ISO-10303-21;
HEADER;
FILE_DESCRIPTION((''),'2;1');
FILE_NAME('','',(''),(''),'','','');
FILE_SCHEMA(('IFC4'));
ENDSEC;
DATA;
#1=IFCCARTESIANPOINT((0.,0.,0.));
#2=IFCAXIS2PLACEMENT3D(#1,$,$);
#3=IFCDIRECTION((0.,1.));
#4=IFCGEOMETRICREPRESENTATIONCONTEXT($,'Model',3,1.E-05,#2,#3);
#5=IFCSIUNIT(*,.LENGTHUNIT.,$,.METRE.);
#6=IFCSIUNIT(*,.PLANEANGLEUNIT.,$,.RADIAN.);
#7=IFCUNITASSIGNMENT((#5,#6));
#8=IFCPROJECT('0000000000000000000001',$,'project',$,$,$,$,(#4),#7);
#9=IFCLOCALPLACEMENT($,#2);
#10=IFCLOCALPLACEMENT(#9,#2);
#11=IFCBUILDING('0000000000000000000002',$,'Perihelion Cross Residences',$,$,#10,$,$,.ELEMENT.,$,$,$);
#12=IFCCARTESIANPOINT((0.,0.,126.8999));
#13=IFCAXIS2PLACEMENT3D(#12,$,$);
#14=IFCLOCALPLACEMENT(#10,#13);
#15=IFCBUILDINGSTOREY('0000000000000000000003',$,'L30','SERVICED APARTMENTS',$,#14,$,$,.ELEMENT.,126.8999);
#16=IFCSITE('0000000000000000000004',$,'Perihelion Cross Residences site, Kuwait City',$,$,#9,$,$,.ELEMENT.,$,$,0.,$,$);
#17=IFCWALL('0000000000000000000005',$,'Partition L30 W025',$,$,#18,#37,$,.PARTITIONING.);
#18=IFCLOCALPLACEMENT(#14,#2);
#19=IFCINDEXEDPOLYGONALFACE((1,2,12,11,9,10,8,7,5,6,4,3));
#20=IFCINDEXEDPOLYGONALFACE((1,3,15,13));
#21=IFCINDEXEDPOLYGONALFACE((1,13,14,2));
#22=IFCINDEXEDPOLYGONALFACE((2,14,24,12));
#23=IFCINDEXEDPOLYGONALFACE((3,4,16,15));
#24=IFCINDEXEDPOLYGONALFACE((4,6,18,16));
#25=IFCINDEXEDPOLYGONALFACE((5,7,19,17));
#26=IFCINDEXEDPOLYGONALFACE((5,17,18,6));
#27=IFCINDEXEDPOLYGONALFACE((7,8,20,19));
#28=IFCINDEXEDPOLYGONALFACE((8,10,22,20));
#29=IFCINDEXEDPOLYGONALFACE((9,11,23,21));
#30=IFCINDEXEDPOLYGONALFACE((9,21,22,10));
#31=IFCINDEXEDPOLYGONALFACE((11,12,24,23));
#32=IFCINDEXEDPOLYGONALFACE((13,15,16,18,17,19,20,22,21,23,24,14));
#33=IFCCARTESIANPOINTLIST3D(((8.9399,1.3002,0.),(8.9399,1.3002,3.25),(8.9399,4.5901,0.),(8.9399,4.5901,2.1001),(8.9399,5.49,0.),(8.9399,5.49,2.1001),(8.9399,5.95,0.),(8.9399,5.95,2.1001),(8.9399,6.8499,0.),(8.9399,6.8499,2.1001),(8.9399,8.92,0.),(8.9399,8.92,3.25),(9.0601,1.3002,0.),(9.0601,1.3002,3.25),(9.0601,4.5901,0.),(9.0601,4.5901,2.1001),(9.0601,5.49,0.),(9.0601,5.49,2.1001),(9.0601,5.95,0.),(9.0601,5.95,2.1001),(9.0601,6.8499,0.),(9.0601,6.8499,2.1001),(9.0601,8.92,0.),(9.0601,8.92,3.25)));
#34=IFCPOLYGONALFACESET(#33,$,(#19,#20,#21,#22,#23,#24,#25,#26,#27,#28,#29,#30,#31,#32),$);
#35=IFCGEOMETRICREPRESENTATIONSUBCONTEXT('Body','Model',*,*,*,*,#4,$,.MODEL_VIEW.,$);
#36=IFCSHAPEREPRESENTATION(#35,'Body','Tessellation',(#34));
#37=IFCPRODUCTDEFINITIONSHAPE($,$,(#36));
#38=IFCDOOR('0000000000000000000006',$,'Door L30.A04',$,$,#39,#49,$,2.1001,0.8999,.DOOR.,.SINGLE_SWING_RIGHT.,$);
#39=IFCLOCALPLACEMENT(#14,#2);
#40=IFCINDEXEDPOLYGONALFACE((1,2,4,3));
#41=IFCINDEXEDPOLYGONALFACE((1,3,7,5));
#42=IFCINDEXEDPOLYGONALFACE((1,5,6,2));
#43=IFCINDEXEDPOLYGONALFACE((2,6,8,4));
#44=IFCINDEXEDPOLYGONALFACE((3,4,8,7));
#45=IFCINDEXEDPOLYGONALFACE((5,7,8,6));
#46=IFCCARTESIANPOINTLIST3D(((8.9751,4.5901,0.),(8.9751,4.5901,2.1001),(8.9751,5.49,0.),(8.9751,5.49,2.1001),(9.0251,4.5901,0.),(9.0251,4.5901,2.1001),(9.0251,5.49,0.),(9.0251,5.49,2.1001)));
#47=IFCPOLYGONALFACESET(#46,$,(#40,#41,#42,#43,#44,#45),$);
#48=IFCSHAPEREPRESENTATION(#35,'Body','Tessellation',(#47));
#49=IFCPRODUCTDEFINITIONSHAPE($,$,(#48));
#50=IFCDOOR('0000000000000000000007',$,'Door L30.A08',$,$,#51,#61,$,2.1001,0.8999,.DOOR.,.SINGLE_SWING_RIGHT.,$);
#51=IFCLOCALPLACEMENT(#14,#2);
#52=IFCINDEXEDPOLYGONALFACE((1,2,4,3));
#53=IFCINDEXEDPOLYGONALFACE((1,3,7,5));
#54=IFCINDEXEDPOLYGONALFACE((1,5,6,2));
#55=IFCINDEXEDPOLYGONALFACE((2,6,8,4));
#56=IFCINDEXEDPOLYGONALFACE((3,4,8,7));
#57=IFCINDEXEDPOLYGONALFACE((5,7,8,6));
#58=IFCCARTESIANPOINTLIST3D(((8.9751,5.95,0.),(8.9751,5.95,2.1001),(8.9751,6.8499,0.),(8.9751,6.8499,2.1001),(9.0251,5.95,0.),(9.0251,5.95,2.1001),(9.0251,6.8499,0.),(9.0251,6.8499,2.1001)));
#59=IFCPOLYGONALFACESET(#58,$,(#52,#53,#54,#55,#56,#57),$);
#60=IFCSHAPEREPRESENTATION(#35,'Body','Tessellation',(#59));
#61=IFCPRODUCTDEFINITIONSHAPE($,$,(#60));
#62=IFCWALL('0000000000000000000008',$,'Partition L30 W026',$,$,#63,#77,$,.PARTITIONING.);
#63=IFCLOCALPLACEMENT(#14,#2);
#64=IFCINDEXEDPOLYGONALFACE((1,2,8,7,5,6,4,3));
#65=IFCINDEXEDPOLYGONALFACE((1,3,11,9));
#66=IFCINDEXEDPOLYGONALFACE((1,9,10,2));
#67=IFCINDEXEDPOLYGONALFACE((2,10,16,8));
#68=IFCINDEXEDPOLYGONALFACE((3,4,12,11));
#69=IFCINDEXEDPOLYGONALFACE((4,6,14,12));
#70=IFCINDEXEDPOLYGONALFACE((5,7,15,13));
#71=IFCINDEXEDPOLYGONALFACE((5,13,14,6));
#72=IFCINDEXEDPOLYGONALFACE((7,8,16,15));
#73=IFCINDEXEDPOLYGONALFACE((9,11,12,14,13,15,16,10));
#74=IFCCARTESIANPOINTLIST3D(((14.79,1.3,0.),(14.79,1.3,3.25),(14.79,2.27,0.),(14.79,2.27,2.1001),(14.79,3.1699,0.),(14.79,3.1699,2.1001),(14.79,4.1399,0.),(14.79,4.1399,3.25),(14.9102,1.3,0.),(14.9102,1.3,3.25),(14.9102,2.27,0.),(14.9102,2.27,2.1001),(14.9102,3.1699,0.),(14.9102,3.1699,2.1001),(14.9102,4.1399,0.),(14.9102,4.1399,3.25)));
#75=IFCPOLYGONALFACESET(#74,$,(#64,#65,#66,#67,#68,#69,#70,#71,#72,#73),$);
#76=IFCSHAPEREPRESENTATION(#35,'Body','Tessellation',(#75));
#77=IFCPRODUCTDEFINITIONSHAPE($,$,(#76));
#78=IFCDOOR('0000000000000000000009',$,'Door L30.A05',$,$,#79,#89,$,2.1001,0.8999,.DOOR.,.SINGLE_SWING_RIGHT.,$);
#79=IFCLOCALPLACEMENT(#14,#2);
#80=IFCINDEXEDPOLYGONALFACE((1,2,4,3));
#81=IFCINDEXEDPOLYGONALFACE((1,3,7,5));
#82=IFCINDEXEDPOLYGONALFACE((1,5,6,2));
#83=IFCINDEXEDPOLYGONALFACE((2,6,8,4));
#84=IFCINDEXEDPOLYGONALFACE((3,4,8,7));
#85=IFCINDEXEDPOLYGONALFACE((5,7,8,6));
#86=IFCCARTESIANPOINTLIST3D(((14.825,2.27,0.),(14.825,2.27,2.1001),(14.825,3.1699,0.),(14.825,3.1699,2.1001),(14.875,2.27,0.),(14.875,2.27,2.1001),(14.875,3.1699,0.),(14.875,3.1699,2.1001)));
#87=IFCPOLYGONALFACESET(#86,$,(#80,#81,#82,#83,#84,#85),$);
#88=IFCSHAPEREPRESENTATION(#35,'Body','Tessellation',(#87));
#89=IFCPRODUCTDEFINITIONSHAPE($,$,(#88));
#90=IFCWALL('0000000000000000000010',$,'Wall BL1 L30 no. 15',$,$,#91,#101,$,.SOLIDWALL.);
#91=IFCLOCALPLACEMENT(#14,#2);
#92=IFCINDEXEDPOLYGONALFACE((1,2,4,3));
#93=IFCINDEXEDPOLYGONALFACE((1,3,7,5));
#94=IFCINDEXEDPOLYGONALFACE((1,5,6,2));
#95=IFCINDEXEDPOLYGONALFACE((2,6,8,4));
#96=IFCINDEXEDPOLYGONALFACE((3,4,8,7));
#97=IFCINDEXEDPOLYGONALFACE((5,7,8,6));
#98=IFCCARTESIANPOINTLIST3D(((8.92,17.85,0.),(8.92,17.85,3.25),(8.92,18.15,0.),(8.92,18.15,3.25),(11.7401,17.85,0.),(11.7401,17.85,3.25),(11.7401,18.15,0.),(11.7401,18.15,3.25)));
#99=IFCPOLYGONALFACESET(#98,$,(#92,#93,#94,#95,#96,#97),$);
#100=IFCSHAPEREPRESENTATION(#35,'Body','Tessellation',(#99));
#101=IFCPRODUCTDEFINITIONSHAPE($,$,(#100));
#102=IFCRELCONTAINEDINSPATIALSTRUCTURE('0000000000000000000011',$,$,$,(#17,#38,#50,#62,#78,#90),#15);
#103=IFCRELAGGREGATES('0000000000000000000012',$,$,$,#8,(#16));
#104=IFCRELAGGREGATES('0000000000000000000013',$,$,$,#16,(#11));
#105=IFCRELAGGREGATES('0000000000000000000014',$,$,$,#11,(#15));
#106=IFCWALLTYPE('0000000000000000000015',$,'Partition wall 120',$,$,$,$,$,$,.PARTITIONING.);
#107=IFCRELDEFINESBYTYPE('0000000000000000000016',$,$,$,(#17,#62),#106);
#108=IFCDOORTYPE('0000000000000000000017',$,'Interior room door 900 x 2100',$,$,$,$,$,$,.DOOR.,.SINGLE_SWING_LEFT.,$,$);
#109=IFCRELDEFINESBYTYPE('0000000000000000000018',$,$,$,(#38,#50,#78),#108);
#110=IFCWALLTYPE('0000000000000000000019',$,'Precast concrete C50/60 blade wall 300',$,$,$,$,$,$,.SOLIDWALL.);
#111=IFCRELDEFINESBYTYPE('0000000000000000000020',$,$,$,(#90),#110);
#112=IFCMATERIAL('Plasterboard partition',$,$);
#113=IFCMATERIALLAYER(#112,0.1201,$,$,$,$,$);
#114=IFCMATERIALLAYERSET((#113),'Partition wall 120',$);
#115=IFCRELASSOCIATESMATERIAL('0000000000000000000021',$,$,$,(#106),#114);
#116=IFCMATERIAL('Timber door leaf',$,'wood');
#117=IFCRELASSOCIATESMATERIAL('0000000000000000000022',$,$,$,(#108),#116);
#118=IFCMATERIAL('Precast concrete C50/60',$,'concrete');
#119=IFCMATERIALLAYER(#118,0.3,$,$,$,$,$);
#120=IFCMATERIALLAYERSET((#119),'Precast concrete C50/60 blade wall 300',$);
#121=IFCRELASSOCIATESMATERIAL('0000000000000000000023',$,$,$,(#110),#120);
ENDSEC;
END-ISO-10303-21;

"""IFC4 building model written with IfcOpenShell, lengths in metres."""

from ifc_helpers import new_model, si_unit, direction, frame, frame_2d, origin, place, context, subcontext, project, spatial, rectangle, extrude, material, layer, layer_set, type_object, element, fill, save


model = new_model("IFC4")

# Units and contexts
model_context = context("Model", 3, precision=1e-05, world=origin(), true_north=direction((0.0, 1.0)))
body_context = subcontext(model_context, "Body", "Model", "MODEL_VIEW")
ifc_project = project(units=[si_unit("LENGTHUNIT", "METRE"), si_unit("PLANEANGLEUNIT", "RADIAN")], contexts=[model_context])

# Site, building, storey
site_placement = place(None, origin())
site = spatial("IfcSite", under=ifc_project, at=site_placement, Name="Perihelion Cross Residences site, Kuwait City", CompositionType="ELEMENT", RefElevation=0.0)
building_placement = place(site_placement, origin())
building = spatial("IfcBuilding", under=site, at=building_placement, Name="Perihelion Cross Residences", CompositionType="ELEMENT")
storey_placement = place(building_placement, frame((0.0, 0.0, 126.8999)))
storey = spatial("IfcBuildingStorey", under=building, at=storey_placement, Name="L30", Description="SERVICED APARTMENTS", CompositionType="ELEMENT", Elevation=126.8999)

# Shared definitions
ifc_material_1 = material(Name="Plasterboard partition")
ifc_layer_1 = layer(ifc_material_1, 0.1201)
ifc_layer_set_1 = layer_set([ifc_layer_1], Name="Partition wall 120")
wall_type_1 = type_object("IfcWallType", Name="Partition wall 120", PredefinedType="PARTITIONING", material=ifc_layer_set_1)
ifc_material_2 = material(Name="Timber door leaf", Category="wood")
door_type_1 = type_object("IfcDoorType", Name="Interior room door 900 x 2100", OperationType="SINGLE_SWING_LEFT", PredefinedType="DOOR", material=ifc_material_2)

# Wall, openings, doors
wall_1_placement = place(storey_placement, frame((9.0, 1.3, 0.0), z_axis=(0.0, 0.0, 1.0), x_axis=(0.0, 1.0, 0.0)))
wall_1 = element("IfcWall", 1, at=wall_1_placement, inside=storey, type_object=wall_type_1, Name="Partition L30 W025", PredefinedType="PARTITIONING", context=body_context, shape_type="SweptSolid", body=[
    extrude(rectangle(XDim=7.6199, YDim=0.1201, at=frame_2d((3.8101, 0.0))), origin(), (0.0, 0.0, 1.0), 3.25),
])
opening_1_placement = place(wall_1_placement, frame((3.29, 0.0, 0.0)))
opening_1 = element("IfcOpeningElement", 2, at=opening_1_placement, cuts=wall_1, PredefinedType="OPENING", context=body_context, shape_type="SweptSolid", body=[
    extrude(rectangle(XDim=0.8999, YDim=2.1001, at=frame_2d((0.45, 1.05))), frame((0.0, 0.0701, 0.0), z_axis=(0.0, -1.0, 0.0), x_axis=(1.0, 0.0, 0.0)), (0.0, 0.0, 1.0), 0.1401),
])
opening_2_placement = place(wall_1_placement, frame((4.6499, 0.0, 0.0)))
opening_2 = element("IfcOpeningElement", 3, at=opening_2_placement, cuts=wall_1, PredefinedType="OPENING", context=body_context, shape_type="SweptSolid", body=[
    extrude(rectangle(XDim=0.8999, YDim=2.1001, at=frame_2d((0.45, 1.05))), frame((0.0, 0.0701, 0.0), z_axis=(0.0, -1.0, 0.0), x_axis=(1.0, 0.0, 0.0)), (0.0, 0.0, 1.0), 0.1401),
])
door_1_placement = place(opening_1_placement, origin())
door_1 = element("IfcDoor", 4, at=door_1_placement, inside=storey, type_object=door_type_1, Name="Door L30.A04", OperationType="SINGLE_SWING_RIGHT", OverallHeight=2.1001, OverallWidth=0.8999, PredefinedType="DOOR", context=body_context, shape_type="SweptSolid", body=[
    extrude(rectangle(XDim=0.8999, YDim=2.1001, at=frame_2d((0.45, 1.05))), frame((0.0, 0.0249, 0.0), z_axis=(0.0, -1.0, 0.0), x_axis=(1.0, 0.0, 0.0)), (0.0, 0.0, 1.0), 0.05),
])
fill(opening_1, door_1)
door_2_placement = place(opening_2_placement, origin())
door_2 = element("IfcDoor", 5, at=door_2_placement, inside=storey, type_object=door_type_1, Name="Door L30.A08", OperationType="SINGLE_SWING_RIGHT", OverallHeight=2.1001, OverallWidth=0.8999, PredefinedType="DOOR", context=body_context, shape_type="SweptSolid", body=[
    extrude(rectangle(XDim=0.8999, YDim=2.1001, at=frame_2d((0.45, 1.05))), frame((0.0, 0.0249, 0.0), z_axis=(0.0, -1.0, 0.0), x_axis=(1.0, 0.0, 0.0)), (0.0, 0.0, 1.0), 0.05),
])
fill(opening_2, door_2)

# Wall, opening, door
wall_2_placement = place(storey_placement, frame((14.8501, 4.1399, 0.0), z_axis=(0.0, 0.0, 1.0), x_axis=(0.0, -1.0, 0.0)))
wall_2 = element("IfcWall", 6, at=wall_2_placement, inside=storey, type_object=wall_type_1, Name="Partition L30 W026", PredefinedType="PARTITIONING", context=body_context, shape_type="SweptSolid", body=[
    extrude(rectangle(XDim=2.8398, YDim=0.1201, at=frame_2d((1.4199, 0.0))), origin(), (0.0, 0.0, 1.0), 3.25),
])
opening_3_placement = place(wall_2_placement, frame((0.97, 0.0, 0.0)))
opening_3 = element("IfcOpeningElement", 7, at=opening_3_placement, cuts=wall_2, PredefinedType="OPENING", context=body_context, shape_type="SweptSolid", body=[
    extrude(rectangle(XDim=0.8999, YDim=2.1001, at=frame_2d((0.45, 1.05))), frame((0.0, 0.0701, 0.0), z_axis=(0.0, -1.0, 0.0), x_axis=(1.0, 0.0, 0.0)), (0.0, 0.0, 1.0), 0.1401),
])
door_3_placement = place(opening_3_placement, origin())
door_3 = element("IfcDoor", 8, at=door_3_placement, inside=storey, type_object=door_type_1, Name="Door L30.A05", OperationType="SINGLE_SWING_RIGHT", OverallHeight=2.1001, OverallWidth=0.8999, PredefinedType="DOOR", context=body_context, shape_type="SweptSolid", body=[
    extrude(rectangle(XDim=0.8999, YDim=2.1001, at=frame_2d((0.45, 1.05))), frame((0.0, 0.0249, 0.0), z_axis=(0.0, -1.0, 0.0), x_axis=(1.0, 0.0, 0.0)), (0.0, 0.0, 1.0), 0.05),
])
fill(opening_3, door_3)

# Wall
ifc_material_3 = material(Name="Precast concrete C50/60", Category="concrete")
ifc_layer_2 = layer(ifc_material_3, 0.3)
ifc_layer_set_2 = layer_set([ifc_layer_2], Name="Precast concrete C50/60 blade wall 300")
wall_type_2 = type_object("IfcWallType", Name="Precast concrete C50/60 blade wall 300", PredefinedType="SOLIDWALL", material=ifc_layer_set_2)
wall_3_placement = place(storey_placement, frame((8.9199, 18.0, 0.0), z_axis=(0.0, 0.0, 1.0), x_axis=(1.0, 0.0, 0.0)))
element("IfcWall", 9, at=wall_3_placement, inside=storey, type_object=wall_type_2, Name="Wall BL1 L30 no. 15", PredefinedType="SOLIDWALL", context=body_context, shape_type="SweptSolid", body=[
    extrude(rectangle(XDim=2.8201, YDim=0.3, at=frame_2d((1.4102, 0.0))), origin(), (0.0, 0.0, 1.0), 3.25),
])

save(model, "model.ifc")
